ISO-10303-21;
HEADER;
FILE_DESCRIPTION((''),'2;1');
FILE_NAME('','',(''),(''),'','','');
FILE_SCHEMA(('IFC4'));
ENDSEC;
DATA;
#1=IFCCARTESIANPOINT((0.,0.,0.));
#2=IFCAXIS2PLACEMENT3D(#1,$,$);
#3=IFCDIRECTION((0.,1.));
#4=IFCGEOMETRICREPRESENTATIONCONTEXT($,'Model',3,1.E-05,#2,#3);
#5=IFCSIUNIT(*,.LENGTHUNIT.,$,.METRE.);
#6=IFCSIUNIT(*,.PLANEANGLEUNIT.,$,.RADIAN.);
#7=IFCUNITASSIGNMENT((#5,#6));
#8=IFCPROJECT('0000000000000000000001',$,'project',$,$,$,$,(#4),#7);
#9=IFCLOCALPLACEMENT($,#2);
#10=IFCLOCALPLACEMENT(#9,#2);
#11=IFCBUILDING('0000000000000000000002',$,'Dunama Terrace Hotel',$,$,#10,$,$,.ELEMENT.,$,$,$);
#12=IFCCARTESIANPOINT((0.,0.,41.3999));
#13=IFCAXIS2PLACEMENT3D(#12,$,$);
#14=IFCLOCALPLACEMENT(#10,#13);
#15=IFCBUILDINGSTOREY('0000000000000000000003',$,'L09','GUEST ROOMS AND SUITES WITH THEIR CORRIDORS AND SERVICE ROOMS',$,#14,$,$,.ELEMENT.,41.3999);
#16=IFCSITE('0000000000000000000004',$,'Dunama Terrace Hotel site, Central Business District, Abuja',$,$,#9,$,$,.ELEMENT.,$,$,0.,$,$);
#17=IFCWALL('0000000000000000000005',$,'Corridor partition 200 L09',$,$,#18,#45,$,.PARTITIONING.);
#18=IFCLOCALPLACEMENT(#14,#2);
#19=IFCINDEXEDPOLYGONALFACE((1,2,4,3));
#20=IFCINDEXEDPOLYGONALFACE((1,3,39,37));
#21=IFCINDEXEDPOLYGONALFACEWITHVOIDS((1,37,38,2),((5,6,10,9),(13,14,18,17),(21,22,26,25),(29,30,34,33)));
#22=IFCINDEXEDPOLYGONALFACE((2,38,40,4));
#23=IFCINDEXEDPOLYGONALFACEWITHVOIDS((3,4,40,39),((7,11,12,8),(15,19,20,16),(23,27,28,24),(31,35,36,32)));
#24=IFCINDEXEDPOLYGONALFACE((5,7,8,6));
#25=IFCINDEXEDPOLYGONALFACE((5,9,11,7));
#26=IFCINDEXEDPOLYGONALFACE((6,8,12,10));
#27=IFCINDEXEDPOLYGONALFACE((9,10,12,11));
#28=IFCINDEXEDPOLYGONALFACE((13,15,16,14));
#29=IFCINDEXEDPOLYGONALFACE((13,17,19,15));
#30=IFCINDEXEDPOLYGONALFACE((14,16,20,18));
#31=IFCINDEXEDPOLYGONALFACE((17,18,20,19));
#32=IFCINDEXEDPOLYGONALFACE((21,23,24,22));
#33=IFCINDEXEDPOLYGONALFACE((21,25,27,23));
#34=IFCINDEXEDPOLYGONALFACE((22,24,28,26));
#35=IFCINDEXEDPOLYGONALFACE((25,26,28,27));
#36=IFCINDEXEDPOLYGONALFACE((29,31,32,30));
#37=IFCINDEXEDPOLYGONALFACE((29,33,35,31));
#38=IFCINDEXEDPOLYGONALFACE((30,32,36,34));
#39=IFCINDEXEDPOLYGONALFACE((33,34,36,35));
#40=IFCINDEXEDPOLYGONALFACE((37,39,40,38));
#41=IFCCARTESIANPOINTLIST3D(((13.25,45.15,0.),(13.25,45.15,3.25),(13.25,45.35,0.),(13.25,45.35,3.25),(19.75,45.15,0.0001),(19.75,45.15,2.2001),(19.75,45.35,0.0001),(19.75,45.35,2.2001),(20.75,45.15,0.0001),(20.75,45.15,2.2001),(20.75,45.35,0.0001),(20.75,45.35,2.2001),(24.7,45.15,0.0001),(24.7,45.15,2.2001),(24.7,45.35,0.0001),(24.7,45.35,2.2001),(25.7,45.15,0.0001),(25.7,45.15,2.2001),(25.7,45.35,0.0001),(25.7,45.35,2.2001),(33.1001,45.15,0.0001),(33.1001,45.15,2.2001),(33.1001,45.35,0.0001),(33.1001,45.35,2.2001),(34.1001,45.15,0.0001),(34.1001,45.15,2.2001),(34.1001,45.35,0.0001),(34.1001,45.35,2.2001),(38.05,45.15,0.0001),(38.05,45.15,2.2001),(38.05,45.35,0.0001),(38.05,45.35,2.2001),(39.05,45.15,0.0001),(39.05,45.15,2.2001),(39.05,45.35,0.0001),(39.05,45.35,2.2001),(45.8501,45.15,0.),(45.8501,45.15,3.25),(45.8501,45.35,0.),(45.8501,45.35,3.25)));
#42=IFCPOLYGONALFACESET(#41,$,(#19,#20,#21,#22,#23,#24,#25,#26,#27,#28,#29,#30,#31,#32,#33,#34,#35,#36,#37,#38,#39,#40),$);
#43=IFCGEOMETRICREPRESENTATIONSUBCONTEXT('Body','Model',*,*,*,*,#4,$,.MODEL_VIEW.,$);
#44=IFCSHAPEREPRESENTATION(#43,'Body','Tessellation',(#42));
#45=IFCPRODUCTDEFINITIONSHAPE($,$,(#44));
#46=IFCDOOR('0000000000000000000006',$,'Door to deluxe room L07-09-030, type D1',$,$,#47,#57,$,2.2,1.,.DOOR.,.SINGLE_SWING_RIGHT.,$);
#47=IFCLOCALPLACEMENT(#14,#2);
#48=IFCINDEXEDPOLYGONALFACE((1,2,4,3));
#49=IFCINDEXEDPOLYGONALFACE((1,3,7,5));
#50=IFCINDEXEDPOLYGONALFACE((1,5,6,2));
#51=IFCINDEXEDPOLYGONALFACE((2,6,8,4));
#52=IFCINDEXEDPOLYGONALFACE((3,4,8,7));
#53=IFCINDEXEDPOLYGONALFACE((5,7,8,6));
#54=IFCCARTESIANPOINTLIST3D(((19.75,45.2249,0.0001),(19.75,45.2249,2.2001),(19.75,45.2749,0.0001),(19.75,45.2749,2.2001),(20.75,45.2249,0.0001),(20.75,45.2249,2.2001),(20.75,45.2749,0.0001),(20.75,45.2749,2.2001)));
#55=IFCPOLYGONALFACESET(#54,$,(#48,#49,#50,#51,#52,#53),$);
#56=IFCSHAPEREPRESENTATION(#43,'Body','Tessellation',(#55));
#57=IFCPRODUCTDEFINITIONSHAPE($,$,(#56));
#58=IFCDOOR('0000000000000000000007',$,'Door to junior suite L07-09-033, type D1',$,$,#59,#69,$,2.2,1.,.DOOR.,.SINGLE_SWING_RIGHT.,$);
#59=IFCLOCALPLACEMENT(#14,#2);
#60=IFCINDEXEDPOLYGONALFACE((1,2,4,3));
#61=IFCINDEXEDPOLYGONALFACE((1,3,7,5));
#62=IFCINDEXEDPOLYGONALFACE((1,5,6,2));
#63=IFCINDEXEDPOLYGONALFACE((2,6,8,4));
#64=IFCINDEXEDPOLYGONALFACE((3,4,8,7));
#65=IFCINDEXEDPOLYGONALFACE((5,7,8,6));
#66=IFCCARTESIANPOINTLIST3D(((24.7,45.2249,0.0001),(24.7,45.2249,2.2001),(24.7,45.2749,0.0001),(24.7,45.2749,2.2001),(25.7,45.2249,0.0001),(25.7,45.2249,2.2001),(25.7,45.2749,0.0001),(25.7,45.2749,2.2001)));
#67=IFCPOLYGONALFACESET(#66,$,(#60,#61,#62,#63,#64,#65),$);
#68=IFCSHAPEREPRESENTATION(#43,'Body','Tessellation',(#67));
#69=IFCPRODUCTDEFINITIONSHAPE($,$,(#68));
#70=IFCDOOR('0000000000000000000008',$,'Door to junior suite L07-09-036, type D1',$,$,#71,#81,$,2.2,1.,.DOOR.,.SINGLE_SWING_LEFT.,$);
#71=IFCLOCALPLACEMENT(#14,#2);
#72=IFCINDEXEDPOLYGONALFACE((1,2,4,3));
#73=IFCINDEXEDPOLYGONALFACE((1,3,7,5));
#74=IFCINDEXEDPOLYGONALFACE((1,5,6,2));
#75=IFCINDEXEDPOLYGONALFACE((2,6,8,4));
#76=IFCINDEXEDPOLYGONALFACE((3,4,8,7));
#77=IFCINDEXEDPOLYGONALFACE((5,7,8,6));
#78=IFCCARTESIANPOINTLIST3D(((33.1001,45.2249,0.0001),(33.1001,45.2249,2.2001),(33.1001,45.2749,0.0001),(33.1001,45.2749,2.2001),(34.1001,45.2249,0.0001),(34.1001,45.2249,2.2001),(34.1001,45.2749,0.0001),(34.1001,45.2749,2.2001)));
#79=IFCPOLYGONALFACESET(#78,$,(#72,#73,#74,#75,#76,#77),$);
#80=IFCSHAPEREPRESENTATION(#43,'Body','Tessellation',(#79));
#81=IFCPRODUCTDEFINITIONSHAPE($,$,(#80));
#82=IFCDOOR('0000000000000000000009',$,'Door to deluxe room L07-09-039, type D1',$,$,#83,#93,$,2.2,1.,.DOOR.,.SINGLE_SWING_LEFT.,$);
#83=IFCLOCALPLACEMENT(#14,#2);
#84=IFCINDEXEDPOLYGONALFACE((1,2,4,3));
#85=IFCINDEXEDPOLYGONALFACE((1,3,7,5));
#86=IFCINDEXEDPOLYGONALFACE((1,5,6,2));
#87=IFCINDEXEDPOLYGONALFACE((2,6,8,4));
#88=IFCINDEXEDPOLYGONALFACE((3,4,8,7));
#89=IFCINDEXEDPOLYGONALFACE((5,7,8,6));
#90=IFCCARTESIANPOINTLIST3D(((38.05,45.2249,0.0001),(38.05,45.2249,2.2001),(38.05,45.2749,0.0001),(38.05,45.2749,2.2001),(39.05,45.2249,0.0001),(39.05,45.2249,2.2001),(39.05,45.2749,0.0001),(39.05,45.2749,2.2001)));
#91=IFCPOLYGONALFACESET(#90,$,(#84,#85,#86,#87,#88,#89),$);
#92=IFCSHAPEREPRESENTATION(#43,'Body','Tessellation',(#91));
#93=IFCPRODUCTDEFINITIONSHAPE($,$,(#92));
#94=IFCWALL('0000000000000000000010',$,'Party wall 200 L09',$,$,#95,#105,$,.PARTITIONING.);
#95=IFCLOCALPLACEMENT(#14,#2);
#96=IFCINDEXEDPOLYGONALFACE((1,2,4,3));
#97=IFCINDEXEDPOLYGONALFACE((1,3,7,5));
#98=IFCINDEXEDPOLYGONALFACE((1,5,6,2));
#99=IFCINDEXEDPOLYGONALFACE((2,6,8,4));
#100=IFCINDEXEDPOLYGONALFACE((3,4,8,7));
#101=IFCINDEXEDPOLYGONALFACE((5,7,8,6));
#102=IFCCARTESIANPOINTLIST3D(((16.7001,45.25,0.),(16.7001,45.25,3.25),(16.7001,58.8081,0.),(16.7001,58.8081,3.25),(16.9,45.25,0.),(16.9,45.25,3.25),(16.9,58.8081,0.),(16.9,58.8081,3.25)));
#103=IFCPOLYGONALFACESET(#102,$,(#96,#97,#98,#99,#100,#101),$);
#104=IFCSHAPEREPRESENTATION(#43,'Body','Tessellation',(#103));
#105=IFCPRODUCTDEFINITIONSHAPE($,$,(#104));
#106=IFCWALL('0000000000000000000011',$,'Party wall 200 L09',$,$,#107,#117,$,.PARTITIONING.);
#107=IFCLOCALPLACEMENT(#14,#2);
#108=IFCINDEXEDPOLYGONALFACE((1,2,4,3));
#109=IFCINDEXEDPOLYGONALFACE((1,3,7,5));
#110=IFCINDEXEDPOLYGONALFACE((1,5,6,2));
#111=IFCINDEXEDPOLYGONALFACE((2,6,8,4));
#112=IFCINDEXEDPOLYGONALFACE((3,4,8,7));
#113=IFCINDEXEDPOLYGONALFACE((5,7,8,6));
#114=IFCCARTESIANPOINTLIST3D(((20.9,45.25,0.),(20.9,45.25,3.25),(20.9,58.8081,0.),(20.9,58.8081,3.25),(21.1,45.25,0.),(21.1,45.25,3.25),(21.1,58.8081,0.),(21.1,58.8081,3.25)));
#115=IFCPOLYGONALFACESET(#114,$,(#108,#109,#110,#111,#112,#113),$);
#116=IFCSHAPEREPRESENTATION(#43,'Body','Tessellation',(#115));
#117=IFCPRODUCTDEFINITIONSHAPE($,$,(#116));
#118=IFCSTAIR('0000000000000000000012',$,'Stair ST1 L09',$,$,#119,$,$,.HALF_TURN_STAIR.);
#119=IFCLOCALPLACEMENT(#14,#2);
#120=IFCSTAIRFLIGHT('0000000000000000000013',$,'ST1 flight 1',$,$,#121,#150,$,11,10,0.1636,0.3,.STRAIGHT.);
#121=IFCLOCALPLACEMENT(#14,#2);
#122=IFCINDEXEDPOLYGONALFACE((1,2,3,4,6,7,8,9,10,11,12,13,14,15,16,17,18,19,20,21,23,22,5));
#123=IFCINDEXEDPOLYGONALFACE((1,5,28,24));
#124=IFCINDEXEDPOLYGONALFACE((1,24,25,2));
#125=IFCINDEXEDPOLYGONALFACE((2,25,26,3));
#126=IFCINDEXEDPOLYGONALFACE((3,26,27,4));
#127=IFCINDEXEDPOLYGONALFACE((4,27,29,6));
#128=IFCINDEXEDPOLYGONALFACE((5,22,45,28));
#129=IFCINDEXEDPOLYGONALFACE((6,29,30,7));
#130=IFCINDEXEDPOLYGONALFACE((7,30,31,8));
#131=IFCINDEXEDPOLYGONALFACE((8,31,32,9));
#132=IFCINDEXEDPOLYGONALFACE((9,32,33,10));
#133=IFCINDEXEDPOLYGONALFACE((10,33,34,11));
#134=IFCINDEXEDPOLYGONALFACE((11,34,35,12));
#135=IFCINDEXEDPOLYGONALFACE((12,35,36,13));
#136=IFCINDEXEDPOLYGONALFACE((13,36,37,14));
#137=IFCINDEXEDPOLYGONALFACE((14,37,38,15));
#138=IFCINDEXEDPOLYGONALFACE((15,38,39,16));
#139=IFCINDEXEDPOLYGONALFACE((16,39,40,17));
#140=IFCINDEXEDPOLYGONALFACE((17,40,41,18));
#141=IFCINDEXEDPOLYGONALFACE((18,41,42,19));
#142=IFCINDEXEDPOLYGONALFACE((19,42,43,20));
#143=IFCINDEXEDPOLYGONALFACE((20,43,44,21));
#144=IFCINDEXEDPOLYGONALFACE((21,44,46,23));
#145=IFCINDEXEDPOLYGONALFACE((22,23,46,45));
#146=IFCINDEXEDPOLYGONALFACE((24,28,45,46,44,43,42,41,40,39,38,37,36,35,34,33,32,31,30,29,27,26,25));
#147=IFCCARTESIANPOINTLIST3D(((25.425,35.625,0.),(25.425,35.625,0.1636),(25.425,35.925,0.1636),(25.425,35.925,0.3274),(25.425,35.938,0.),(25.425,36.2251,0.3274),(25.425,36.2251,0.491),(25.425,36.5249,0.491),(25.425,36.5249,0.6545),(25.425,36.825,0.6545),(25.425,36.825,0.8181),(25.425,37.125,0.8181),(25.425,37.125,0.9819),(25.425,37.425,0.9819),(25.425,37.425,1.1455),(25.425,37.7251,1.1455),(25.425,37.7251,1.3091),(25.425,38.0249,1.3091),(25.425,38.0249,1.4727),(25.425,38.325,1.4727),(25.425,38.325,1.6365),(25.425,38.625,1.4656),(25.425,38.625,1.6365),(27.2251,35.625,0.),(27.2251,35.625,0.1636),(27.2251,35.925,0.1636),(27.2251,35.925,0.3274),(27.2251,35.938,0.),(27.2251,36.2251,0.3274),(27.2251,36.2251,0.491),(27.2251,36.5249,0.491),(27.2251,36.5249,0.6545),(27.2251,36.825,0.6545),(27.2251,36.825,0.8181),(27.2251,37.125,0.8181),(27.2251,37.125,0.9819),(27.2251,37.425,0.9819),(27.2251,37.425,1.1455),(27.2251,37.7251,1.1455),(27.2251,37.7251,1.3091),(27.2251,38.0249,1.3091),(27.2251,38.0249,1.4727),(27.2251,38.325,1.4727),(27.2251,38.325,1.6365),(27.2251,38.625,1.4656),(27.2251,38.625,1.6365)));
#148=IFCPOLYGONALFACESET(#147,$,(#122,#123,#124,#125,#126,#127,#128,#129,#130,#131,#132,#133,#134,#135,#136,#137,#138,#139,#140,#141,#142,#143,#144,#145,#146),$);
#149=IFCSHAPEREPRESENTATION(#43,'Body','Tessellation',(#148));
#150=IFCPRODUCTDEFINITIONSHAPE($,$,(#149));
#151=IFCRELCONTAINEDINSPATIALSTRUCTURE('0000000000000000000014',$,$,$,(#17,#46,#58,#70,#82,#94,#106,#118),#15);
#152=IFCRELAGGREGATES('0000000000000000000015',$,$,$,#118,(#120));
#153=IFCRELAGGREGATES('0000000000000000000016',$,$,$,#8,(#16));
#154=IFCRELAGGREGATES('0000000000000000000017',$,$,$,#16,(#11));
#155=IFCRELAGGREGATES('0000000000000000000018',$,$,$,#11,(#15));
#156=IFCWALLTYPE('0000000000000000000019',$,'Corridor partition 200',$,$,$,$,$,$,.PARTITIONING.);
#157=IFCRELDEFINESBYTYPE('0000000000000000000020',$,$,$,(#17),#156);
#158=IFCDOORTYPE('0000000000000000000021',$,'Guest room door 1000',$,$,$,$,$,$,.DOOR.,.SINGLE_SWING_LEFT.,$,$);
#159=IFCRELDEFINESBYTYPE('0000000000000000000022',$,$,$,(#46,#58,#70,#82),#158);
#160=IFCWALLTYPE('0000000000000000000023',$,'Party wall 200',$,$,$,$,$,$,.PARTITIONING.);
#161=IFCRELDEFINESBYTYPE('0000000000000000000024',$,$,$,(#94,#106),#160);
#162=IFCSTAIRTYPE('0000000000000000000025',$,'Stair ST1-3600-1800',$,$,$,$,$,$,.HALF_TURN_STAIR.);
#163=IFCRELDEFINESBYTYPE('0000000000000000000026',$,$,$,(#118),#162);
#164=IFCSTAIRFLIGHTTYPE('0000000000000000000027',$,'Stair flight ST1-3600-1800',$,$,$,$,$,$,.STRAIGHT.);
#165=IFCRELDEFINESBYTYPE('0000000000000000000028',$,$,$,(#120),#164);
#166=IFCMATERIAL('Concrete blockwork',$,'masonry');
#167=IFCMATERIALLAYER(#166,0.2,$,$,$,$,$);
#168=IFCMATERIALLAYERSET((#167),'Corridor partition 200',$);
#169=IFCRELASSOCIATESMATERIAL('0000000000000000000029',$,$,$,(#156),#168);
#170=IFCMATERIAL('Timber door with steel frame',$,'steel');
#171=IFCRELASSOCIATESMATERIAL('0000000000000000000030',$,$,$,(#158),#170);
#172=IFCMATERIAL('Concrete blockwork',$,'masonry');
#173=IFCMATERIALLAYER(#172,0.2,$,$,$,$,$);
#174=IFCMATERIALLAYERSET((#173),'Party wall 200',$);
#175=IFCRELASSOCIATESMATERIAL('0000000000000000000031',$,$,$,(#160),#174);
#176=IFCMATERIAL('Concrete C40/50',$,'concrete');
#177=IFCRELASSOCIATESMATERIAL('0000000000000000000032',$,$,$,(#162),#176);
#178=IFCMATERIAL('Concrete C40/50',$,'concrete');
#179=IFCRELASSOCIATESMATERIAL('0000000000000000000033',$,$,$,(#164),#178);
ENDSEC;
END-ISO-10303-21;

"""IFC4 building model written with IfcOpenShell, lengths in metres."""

from ifc_helpers import new_model, si_unit, direction, frame, frame_2d, origin, place, context, subcontext, project, spatial, polyline, rectangle, outline, extrude, material, layer, layer_set, type_object, element, fill, aggregate, save


model = new_model("IFC4")

# Units and contexts
model_context = context("Model", 3, precision=1e-05, world=origin(), true_north=direction((0.0, 1.0)))
body_context = subcontext(model_context, "Body", "Model", "MODEL_VIEW")
ifc_project = project(units=[si_unit("LENGTHUNIT", "METRE"), si_unit("PLANEANGLEUNIT", "RADIAN")], contexts=[model_context])

# Site, building, storey
site_placement = place(None, origin())
site = spatial("IfcSite", under=ifc_project, at=site_placement, Name="Dunama Terrace Hotel site, Central Business District, Abuja", CompositionType="ELEMENT", RefElevation=0.0)
building_placement = place(site_placement, origin())
building = spatial("IfcBuilding", under=site, at=building_placement, Name="Dunama Terrace Hotel", CompositionType="ELEMENT")
storey_placement = place(building_placement, frame((0.0, 0.0, 41.3999)))
storey = spatial("IfcBuildingStorey", under=building, at=storey_placement, Name="L09", Description="GUEST ROOMS AND SUITES WITH THEIR CORRIDORS AND SERVICE ROOMS", CompositionType="ELEMENT", Elevation=41.3999)

# Wall, openings, doors
ifc_material_1 = material(Name="Concrete blockwork", Category="masonry")
ifc_layer_1 = layer(ifc_material_1, 0.2)
ifc_layer_set_1 = layer_set([ifc_layer_1], Name="Corridor partition 200")
wall_type_1 = type_object("IfcWallType", Name="Corridor partition 200", PredefinedType="PARTITIONING", material=ifc_layer_set_1)
wall_1_placement = place(storey_placement, frame((13.25, 45.25, 0.0), z_axis=(0.0, 0.0, 1.0), x_axis=(1.0, 0.0, 0.0)))
wall_1 = element("IfcWall", 1, at=wall_1_placement, inside=storey, type_object=wall_type_1, Name="Corridor partition 200 L09", PredefinedType="PARTITIONING", context=body_context, shape_type="SweptSolid", body=[
    extrude(rectangle(XDim=32.6001, YDim=0.2, at=frame_2d((16.3, 0.0))), origin(), (0.0, 0.0, 1.0), 3.25),
])
opening_1_placement = place(wall_1_placement, frame((6.5, 0.0, 0.0)))
opening_1 = element("IfcOpeningElement", 2, at=opening_1_placement, cuts=wall_1, PredefinedType="OPENING", context=body_context, shape_type="SweptSolid", body=[
    extrude(rectangle(XDim=1.0, YDim=2.2, at=frame_2d((0.5, 1.1001))), frame((0.0, 0.1099, 0.0), z_axis=(0.0, -1.0, 0.0), x_axis=(1.0, 0.0, 0.0)), (0.0, 0.0, 1.0), 0.22),
])
opening_2_placement = place(wall_1_placement, frame((11.45, 0.0, 0.0)))
opening_2 = element("IfcOpeningElement", 3, at=opening_2_placement, cuts=wall_1, PredefinedType="OPENING", context=body_context, shape_type="SweptSolid", body=[
    extrude(rectangle(XDim=1.0, YDim=2.2, at=frame_2d((0.5, 1.1001))), frame((0.0, 0.1099, 0.0), z_axis=(0.0, -1.0, 0.0), x_axis=(1.0, 0.0, 0.0)), (0.0, 0.0, 1.0), 0.22),
])
opening_3_placement = place(wall_1_placement, frame((19.8501, 0.0, 0.0)))
opening_3 = element("IfcOpeningElement", 4, at=opening_3_placement, cuts=wall_1, PredefinedType="OPENING", context=body_context, shape_type="SweptSolid", body=[
    extrude(rectangle(XDim=1.0, YDim=2.2, at=frame_2d((0.5, 1.1001))), frame((0.0, 0.1099, 0.0), z_axis=(0.0, -1.0, 0.0), x_axis=(1.0, 0.0, 0.0)), (0.0, 0.0, 1.0), 0.22),
])
opening_4_placement = place(wall_1_placement, frame((24.8, 0.0, 0.0)))
opening_4 = element("IfcOpeningElement", 5, at=opening_4_placement, cuts=wall_1, PredefinedType="OPENING", context=body_context, shape_type="SweptSolid", body=[
    extrude(rectangle(XDim=1.0, YDim=2.2, at=frame_2d((0.5, 1.1001))), frame((0.0, 0.1099, 0.0), z_axis=(0.0, -1.0, 0.0), x_axis=(1.0, 0.0, 0.0)), (0.0, 0.0, 1.0), 0.22),
])
ifc_material_2 = material(Name="Timber door with steel frame", Category="steel")
door_type_1 = type_object("IfcDoorType", Name="Guest room door 1000", OperationType="SINGLE_SWING_LEFT", PredefinedType="DOOR", material=ifc_material_2)
door_1_placement = place(opening_1_placement, origin())
door_1 = element("IfcDoor", 6, at=door_1_placement, inside=storey, type_object=door_type_1, Name="Door to deluxe room L07-09-030, type D1", OperationType="SINGLE_SWING_RIGHT", OverallHeight=2.2, OverallWidth=1.0, PredefinedType="DOOR", context=body_context, shape_type="SweptSolid", body=[
    extrude(rectangle(XDim=1.0, YDim=2.2, at=frame_2d((0.5, 1.1001))), frame((0.0, 0.0249, 0.0), z_axis=(0.0, -1.0, 0.0), x_axis=(1.0, 0.0, 0.0)), (0.0, 0.0, 1.0), 0.05),
])
fill(opening_1, door_1)
door_2_placement = place(opening_2_placement, origin())
door_2 = element("IfcDoor", 7, at=door_2_placement, inside=storey, type_object=door_type_1, Name="Door to junior suite L07-09-033, type D1", OperationType="SINGLE_SWING_RIGHT", OverallHeight=2.2, OverallWidth=1.0, PredefinedType="DOOR", context=body_context, shape_type="SweptSolid", body=[
    extrude(rectangle(XDim=1.0, YDim=2.2, at=frame_2d((0.5, 1.1001))), frame((0.0, 0.0249, 0.0), z_axis=(0.0, -1.0, 0.0), x_axis=(1.0, 0.0, 0.0)), (0.0, 0.0, 1.0), 0.05),
])
fill(opening_2, door_2)
door_3_placement = place(opening_3_placement, origin())
door_3 = element("IfcDoor", 8, at=door_3_placement, inside=storey, type_object=door_type_1, Name="Door to junior suite L07-09-036, type D1", OperationType="SINGLE_SWING_LEFT", OverallHeight=2.2, OverallWidth=1.0, PredefinedType="DOOR", context=body_context, shape_type="SweptSolid", body=[
    extrude(rectangle(XDim=1.0, YDim=2.2, at=frame_2d((0.5, 1.1001))), frame((0.0, 0.0249, 0.0), z_axis=(0.0, -1.0, 0.0), x_axis=(1.0, 0.0, 0.0)), (0.0, 0.0, 1.0), 0.05),
])
fill(opening_3, door_3)
door_4_placement = place(opening_4_placement, origin())
door_4 = element("IfcDoor", 9, at=door_4_placement, inside=storey, type_object=door_type_1, Name="Door to deluxe room L07-09-039, type D1", OperationType="SINGLE_SWING_LEFT", OverallHeight=2.2, OverallWidth=1.0, PredefinedType="DOOR", context=body_context, shape_type="SweptSolid", body=[
    extrude(rectangle(XDim=1.0, YDim=2.2, at=frame_2d((0.5, 1.1001))), frame((0.0, 0.0249, 0.0), z_axis=(0.0, -1.0, 0.0), x_axis=(1.0, 0.0, 0.0)), (0.0, 0.0, 1.0), 0.05),
])
fill(opening_4, door_4)

# Walls
ifc_material_3 = material(Name="Concrete blockwork", Category="masonry")
ifc_layer_2 = layer(ifc_material_3, 0.2)
ifc_layer_set_2 = layer_set([ifc_layer_2], Name="Party wall 200")
wall_type_2 = type_object("IfcWallType", Name="Party wall 200", PredefinedType="PARTITIONING", material=ifc_layer_set_2)
for number, where, z_axis, x_axis, name in (
    (10, (16.8, 45.25, 0.0), (0.0, 0.0, 1.0), (0.0, 1.0, 0.0), "Party wall 200 L09"),
    (11, (21.0, 45.25, 0.0), (0.0, 0.0, 1.0), (0.0, 1.0, 0.0), "Party wall 200 L09"),
):
    element("IfcWall", number, at=place(storey_placement, frame(where, z_axis=z_axis, x_axis=x_axis)), inside=storey, type_object=wall_type_2, Name=name, PredefinedType="PARTITIONING", context=body_context, shape_type="SweptSolid", body=[
        extrude(rectangle(XDim=13.5581, YDim=0.2, at=frame_2d((6.7791, 0.0))), origin(), (0.0, 0.0, 1.0), 3.25),
    ])

# Stair, stair flight
ifc_material_4 = material(Name="Concrete C40/50", Category="concrete")
stair_type = type_object("IfcStairType", Name="Stair ST1-3600-1800", PredefinedType="HALF_TURN_STAIR", material=ifc_material_4)
stair_placement = place(storey_placement, origin())
stair = element("IfcStair", 12, at=stair_placement, inside=storey, type_object=stair_type, Name="Stair ST1 L09", PredefinedType="HALF_TURN_STAIR")
ifc_material_5 = material(Name="Concrete C40/50", Category="concrete")
stair_flight_type = type_object("IfcStairFlightType", Name="Stair flight ST1-3600-1800", PredefinedType="STRAIGHT", material=ifc_material_5)
stair_flight_placement = place(storey_placement, frame((26.325, 35.625, 0.0), z_axis=(0.0, 0.0, 1.0), x_axis=(0.0, 1.0, 0.0)))
stair_flight = element("IfcStairFlight", 13, at=stair_flight_placement, type_object=stair_flight_type, Name="ST1 flight 1", NumberOfRisers=11, NumberOfTreads=10, PredefinedType="STRAIGHT", RiserHeight=0.1636, TreadLength=0.3, context=body_context, shape_type="SweptSolid", body=[
    extrude(outline(polyline([(0.0, 0.0), (0.0, 0.1636), (0.3, 0.1636), (0.3, 0.3274), (0.6001, 0.3274), (0.6001, 0.491), (0.8999, 0.491), (0.8999, 0.6545), (1.2, 0.6545), (1.2, 0.8181), (1.5, 0.8181), (1.5, 0.9819), (1.8, 0.9819), (1.8, 1.1455), (2.1001, 1.1455), (2.1001, 1.3091), (2.3999, 1.3091), (2.3999, 1.4727), (2.7, 1.4727), (2.7, 1.6365), (3.0, 1.6365), (3.0, 1.8), (3.0, 1.4656), (0.313, 0.0), (0.0, 0.0)])), frame((0.0, 0.8999, 0.0), z_axis=(0.0, -1.0, 0.0), x_axis=(1.0, 0.0, 0.0)), (0.0, 0.0, 1.0), 1.8),
])
aggregate(stair, [stair_flight])

save(model, "model.ifc")
